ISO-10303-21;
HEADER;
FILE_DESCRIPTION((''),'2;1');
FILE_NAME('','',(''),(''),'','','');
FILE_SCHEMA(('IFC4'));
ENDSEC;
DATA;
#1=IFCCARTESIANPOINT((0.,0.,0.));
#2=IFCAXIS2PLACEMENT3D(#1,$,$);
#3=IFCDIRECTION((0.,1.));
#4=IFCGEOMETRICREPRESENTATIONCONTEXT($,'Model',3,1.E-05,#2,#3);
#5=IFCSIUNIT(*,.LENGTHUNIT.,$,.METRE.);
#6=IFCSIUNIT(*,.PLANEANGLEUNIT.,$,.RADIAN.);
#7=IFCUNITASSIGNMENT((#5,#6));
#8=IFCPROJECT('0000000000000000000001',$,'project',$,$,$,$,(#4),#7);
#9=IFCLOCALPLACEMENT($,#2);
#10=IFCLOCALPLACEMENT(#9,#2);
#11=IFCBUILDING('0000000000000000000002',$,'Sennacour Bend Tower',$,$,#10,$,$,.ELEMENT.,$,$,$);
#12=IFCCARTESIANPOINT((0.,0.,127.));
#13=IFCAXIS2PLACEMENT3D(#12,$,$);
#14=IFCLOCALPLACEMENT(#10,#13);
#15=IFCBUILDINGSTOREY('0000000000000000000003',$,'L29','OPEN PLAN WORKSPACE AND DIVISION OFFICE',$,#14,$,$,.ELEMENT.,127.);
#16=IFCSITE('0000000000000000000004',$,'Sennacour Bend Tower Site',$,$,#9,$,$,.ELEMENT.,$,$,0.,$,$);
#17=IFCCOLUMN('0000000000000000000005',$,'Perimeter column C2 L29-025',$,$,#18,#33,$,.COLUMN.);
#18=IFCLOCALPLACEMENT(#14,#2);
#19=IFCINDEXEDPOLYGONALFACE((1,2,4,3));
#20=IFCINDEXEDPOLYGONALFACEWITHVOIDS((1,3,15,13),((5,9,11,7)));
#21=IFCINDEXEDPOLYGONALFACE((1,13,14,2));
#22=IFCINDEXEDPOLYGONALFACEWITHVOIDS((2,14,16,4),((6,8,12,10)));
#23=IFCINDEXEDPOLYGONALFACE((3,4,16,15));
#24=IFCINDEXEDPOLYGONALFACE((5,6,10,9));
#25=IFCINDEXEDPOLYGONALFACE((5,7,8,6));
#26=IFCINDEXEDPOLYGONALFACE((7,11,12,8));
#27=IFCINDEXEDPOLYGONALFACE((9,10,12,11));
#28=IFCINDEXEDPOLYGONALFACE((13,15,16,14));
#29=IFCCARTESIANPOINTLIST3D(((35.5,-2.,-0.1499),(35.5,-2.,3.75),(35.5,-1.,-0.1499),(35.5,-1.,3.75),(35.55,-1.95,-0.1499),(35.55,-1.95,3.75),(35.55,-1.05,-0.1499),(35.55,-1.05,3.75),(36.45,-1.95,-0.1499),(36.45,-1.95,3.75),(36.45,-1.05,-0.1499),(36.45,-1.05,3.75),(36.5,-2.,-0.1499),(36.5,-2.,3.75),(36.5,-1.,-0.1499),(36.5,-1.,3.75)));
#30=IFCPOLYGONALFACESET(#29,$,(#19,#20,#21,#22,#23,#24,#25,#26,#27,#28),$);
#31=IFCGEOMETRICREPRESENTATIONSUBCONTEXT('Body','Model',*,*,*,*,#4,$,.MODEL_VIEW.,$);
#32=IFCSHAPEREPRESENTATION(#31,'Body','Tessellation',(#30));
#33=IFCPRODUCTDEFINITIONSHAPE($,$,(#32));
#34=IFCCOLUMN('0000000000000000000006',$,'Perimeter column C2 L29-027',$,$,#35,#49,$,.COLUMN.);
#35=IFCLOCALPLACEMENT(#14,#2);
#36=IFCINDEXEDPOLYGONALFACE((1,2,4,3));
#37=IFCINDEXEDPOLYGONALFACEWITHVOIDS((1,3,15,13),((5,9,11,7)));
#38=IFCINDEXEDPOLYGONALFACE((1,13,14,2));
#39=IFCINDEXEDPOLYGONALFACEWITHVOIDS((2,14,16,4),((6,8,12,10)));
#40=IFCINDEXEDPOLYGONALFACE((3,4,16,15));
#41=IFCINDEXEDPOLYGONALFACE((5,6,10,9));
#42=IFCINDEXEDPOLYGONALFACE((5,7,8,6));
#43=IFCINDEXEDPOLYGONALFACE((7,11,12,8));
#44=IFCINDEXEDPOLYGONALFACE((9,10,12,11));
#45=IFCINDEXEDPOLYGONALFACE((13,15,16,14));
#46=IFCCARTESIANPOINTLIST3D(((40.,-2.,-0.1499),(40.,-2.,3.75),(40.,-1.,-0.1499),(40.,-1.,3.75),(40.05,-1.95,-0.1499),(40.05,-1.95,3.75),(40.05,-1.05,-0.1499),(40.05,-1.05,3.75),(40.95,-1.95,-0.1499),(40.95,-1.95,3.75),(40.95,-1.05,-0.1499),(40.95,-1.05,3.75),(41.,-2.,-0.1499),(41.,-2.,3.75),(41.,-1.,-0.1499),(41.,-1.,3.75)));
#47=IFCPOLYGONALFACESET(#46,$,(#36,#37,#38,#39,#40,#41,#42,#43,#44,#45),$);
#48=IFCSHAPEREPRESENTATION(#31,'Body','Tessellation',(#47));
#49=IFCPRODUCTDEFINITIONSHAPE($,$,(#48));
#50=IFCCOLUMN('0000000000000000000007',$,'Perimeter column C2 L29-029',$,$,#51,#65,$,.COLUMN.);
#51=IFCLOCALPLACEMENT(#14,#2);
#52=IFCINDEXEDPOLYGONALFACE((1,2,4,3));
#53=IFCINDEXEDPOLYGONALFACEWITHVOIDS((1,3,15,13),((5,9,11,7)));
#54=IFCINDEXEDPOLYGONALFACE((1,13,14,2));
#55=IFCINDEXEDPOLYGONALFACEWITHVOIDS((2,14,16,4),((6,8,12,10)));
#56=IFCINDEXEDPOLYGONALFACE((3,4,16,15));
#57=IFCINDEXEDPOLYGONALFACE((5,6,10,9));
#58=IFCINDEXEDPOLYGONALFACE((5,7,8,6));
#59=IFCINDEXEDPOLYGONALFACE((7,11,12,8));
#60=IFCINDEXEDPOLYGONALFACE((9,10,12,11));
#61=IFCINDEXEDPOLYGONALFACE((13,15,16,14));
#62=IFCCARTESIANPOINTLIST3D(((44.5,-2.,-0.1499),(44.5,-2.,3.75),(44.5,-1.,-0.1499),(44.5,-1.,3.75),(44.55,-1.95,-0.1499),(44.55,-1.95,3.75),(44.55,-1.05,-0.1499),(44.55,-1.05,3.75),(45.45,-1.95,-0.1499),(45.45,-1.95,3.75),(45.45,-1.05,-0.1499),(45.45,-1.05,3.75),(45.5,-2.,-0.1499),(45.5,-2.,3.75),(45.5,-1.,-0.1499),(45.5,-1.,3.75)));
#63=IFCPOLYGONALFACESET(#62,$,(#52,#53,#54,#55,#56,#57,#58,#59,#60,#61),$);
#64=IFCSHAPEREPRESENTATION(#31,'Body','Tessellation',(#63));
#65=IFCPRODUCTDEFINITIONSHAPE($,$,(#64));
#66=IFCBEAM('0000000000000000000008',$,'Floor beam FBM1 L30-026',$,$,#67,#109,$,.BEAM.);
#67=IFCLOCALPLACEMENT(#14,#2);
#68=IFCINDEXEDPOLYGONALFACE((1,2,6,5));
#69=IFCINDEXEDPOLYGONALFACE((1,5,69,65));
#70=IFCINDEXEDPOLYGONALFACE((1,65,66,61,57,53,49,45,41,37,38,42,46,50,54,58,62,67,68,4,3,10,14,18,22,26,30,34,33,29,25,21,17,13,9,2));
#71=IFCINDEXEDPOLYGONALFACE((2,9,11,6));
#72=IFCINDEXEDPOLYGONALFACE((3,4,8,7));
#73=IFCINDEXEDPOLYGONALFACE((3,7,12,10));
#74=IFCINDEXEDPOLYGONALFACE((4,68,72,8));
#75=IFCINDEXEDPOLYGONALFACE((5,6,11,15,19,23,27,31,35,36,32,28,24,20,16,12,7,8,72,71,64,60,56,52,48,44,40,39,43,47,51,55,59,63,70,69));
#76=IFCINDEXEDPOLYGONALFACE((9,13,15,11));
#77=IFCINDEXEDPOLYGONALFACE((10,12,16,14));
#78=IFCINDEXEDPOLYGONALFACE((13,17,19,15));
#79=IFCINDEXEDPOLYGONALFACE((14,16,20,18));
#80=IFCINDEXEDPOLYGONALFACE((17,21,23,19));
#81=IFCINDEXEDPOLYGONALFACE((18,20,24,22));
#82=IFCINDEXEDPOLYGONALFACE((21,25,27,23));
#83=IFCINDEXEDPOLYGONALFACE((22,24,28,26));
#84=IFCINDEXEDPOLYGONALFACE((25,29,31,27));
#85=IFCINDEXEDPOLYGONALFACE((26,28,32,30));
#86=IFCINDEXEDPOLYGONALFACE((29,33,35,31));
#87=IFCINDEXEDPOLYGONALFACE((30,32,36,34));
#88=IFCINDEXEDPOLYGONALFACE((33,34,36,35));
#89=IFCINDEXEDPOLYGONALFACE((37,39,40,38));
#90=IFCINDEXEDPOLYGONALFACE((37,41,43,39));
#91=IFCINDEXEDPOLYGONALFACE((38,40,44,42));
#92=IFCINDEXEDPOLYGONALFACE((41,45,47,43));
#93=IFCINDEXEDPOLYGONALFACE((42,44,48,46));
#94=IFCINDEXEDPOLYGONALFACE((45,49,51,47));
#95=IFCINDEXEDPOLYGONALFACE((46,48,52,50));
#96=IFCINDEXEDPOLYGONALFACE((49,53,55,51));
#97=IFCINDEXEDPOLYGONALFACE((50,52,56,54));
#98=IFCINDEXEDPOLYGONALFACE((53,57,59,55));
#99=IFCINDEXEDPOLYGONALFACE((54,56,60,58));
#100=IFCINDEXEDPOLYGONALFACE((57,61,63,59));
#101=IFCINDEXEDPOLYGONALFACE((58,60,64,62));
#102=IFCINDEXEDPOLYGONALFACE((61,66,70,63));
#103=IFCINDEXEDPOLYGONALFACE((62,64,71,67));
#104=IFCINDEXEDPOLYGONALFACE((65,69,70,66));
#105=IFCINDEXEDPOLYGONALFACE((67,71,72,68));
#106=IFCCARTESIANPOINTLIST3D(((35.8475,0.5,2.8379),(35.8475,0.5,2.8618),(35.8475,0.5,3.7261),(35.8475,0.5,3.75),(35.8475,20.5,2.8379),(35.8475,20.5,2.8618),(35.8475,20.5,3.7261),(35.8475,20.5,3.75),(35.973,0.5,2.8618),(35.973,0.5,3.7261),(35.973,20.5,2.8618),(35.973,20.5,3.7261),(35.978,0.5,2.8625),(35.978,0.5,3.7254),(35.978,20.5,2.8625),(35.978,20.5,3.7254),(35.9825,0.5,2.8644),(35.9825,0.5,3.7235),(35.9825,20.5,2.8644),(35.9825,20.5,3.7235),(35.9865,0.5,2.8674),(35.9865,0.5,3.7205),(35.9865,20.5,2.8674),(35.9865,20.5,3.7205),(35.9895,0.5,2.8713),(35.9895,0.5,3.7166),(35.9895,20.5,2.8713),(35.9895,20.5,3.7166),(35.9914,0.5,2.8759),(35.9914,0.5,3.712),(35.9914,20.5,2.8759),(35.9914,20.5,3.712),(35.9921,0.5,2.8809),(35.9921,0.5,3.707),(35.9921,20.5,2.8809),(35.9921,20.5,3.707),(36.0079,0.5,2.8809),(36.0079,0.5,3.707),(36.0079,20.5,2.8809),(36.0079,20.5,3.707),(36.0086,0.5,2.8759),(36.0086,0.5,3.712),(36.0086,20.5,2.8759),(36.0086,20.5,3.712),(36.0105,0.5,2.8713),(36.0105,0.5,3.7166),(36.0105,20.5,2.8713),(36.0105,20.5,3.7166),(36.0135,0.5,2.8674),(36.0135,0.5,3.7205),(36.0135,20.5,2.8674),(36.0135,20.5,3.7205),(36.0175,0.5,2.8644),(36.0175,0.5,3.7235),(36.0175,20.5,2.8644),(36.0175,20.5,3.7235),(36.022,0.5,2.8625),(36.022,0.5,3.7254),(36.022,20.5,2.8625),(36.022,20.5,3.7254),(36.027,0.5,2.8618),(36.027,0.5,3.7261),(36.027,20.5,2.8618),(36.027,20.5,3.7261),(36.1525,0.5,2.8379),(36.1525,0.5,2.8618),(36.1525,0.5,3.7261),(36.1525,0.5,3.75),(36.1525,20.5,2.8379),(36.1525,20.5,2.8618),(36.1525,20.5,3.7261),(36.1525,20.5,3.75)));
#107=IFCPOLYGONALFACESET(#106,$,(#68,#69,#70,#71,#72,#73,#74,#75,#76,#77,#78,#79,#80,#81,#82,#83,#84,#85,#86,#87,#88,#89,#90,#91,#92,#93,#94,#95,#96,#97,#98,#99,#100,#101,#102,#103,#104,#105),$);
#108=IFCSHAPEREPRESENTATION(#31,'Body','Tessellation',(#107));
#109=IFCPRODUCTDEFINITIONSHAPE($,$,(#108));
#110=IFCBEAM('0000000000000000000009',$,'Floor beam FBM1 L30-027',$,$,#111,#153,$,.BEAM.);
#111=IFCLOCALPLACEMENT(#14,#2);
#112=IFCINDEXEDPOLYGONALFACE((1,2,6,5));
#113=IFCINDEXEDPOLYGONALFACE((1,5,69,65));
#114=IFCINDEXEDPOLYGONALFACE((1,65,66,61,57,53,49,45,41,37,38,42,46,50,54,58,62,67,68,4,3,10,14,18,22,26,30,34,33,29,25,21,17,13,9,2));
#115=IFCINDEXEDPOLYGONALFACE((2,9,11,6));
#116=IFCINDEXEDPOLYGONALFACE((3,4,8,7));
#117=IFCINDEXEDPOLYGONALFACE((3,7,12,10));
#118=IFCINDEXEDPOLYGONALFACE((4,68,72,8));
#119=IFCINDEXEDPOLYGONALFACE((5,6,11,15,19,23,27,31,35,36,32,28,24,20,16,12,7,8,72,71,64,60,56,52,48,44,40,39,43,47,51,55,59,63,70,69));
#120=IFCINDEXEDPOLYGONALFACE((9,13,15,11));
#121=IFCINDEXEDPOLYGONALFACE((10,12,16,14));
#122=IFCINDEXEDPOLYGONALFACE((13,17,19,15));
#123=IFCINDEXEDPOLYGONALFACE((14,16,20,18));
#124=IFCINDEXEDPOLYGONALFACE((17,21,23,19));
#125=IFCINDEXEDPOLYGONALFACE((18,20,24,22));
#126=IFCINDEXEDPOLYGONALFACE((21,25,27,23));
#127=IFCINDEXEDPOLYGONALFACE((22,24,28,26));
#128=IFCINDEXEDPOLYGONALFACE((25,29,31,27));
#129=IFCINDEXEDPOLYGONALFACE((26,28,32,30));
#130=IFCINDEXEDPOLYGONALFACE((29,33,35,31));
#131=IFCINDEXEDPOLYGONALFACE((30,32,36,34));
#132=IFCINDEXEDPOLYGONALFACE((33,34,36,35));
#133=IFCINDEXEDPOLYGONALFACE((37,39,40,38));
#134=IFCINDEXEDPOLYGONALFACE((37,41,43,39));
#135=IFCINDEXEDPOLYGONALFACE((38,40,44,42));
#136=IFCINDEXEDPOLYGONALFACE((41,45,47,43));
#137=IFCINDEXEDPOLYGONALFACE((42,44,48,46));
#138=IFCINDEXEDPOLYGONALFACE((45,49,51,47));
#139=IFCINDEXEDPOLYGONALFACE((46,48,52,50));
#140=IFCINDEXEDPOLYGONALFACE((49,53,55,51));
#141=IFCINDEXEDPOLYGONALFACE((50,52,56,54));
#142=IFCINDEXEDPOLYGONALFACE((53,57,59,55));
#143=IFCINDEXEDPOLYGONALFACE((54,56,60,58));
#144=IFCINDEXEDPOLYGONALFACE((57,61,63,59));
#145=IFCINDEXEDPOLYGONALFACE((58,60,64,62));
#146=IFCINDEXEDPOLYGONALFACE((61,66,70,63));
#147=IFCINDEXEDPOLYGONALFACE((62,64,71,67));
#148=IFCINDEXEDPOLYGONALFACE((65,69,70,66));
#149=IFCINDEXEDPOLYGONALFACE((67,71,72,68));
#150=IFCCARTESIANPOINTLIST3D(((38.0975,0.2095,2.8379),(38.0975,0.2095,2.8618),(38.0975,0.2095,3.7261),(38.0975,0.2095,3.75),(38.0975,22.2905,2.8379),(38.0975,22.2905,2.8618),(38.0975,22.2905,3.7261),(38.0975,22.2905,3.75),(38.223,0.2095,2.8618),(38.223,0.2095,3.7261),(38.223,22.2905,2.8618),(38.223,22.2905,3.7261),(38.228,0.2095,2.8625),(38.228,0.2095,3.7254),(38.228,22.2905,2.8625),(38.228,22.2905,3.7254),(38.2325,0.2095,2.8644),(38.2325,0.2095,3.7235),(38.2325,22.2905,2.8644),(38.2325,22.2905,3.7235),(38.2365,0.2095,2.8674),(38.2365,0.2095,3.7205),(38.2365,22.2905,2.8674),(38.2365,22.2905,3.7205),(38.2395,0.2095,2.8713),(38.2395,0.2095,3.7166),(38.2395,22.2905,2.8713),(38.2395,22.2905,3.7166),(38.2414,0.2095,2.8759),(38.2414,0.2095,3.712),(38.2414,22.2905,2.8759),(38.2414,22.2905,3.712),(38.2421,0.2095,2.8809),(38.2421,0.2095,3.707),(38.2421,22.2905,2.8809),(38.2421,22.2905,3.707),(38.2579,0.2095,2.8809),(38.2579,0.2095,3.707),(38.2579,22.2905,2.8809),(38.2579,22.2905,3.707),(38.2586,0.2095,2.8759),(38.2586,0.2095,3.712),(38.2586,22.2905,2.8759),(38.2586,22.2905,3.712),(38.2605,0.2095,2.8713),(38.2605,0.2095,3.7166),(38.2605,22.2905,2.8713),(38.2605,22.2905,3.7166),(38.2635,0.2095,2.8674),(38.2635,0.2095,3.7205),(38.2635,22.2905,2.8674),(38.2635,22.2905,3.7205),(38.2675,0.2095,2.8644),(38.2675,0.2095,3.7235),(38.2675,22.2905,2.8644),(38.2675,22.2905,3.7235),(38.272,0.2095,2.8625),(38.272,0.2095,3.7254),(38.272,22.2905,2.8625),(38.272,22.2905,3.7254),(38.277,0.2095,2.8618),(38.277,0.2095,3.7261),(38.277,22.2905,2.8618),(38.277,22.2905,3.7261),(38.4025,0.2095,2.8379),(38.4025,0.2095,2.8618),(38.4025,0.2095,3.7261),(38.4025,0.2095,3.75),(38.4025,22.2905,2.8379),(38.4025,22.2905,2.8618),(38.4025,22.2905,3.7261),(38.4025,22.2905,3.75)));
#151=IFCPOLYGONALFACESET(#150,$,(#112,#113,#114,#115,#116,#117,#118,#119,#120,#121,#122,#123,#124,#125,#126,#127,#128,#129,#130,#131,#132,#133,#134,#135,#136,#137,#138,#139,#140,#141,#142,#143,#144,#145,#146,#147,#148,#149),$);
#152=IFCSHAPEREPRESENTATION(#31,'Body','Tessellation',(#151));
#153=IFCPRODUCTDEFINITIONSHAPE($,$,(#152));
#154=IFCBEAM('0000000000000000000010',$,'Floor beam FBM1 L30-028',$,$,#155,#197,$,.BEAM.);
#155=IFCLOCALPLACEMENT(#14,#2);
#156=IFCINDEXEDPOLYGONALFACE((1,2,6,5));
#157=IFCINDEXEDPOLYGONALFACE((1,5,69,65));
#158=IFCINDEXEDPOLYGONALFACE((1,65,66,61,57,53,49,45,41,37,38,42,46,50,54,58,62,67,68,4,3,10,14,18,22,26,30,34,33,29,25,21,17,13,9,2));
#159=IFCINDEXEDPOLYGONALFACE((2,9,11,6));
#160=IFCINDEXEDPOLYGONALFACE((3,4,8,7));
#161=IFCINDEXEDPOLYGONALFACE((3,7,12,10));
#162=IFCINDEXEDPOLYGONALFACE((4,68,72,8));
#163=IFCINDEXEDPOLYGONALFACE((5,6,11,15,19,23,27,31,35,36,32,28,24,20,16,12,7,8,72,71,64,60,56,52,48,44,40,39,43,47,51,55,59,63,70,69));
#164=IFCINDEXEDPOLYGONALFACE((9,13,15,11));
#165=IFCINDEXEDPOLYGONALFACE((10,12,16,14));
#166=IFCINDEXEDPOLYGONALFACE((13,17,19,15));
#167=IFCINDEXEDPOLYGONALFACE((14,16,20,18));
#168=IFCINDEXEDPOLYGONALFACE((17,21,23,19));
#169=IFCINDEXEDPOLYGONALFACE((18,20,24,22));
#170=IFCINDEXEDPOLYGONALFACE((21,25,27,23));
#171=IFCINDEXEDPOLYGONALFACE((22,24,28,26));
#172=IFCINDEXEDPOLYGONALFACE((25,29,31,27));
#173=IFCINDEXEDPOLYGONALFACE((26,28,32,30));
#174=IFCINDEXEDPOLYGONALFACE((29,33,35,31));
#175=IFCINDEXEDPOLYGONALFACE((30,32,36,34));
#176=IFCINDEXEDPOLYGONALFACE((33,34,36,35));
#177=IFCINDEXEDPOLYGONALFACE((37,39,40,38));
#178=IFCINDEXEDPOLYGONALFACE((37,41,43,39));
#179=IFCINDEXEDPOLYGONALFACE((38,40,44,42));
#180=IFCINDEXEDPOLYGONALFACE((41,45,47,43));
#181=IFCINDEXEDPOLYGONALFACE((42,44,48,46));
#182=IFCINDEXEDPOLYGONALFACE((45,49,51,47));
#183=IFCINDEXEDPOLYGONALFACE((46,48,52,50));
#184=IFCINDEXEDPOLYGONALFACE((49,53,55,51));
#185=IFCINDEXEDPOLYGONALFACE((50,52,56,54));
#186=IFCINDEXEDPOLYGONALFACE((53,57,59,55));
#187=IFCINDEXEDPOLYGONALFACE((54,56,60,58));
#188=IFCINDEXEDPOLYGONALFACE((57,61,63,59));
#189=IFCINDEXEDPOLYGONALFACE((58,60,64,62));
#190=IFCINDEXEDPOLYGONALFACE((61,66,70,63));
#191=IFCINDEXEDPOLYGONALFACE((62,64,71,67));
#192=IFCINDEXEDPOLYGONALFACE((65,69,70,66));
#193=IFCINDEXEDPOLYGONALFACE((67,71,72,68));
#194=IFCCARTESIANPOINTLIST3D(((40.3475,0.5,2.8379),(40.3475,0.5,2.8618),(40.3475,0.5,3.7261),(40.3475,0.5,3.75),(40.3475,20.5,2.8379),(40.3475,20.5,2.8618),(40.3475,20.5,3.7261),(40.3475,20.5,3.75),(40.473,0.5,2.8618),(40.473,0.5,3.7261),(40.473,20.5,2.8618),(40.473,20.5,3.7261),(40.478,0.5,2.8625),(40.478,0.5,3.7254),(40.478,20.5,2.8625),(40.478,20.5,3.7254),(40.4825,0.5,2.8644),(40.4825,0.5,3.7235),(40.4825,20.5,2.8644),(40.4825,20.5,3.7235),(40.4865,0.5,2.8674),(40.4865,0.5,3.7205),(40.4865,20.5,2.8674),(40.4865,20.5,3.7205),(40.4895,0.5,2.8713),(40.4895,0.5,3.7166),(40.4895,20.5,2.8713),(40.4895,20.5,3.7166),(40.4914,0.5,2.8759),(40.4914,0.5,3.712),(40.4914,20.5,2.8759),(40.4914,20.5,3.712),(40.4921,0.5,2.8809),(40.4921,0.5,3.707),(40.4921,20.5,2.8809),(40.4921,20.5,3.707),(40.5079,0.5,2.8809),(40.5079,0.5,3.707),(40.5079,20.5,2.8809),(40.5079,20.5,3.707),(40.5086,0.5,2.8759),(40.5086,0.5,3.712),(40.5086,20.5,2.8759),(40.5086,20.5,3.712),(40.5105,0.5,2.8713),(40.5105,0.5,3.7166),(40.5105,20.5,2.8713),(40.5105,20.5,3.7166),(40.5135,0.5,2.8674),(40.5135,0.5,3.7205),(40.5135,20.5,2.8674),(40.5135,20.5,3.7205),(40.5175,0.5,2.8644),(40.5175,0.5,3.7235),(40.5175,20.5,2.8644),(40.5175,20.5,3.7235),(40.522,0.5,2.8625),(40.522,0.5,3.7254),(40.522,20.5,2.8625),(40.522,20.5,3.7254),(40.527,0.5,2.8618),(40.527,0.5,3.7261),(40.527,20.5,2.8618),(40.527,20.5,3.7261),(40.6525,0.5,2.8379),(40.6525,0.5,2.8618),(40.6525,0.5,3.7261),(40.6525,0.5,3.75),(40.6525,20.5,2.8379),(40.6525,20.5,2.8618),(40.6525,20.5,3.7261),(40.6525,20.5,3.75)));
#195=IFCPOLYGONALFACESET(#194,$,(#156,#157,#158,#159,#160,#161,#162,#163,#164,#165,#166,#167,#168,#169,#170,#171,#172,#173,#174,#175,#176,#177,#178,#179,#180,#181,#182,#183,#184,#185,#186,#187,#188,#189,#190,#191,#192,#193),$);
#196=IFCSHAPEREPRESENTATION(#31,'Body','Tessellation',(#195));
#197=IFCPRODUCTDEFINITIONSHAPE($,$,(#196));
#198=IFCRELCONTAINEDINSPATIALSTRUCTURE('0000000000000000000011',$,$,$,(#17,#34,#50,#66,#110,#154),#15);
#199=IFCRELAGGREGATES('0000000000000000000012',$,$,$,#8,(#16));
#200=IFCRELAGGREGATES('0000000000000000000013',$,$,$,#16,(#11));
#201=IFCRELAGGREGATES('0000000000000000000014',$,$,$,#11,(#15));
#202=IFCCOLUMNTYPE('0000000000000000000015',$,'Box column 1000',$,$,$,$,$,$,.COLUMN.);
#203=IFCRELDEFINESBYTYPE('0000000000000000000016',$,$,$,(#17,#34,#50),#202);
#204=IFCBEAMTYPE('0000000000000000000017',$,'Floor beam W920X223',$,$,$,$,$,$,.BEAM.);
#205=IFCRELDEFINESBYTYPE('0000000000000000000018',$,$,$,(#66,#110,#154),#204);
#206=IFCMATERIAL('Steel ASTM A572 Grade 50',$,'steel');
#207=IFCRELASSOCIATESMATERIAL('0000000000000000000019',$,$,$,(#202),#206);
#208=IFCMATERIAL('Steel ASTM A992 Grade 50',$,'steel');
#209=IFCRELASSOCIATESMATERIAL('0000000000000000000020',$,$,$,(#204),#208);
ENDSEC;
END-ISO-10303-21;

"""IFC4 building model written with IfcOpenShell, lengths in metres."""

from ifc_helpers import new_model, si_unit, direction, frame, origin, origin_2d, place, context, subcontext, project, spatial, hollow_rectangle, i_section, extrude, material, material_profile, profile_set, type_object, element, save


model = new_model("IFC4")

# Units and contexts
model_context = context("Model", 3, precision=1e-05, world=origin(), true_north=direction((0.0, 1.0)))
body_context = subcontext(model_context, "Body", "Model", "MODEL_VIEW")
ifc_project = project(units=[si_unit("LENGTHUNIT", "METRE"), si_unit("PLANEANGLEUNIT", "RADIAN")], contexts=[model_context])

# Site, building, storey
site_placement = place(None, origin())
site = spatial("IfcSite", under=ifc_project, at=site_placement, Name="Sennacour Bend Tower Site", CompositionType="ELEMENT", RefElevation=0.0)
building_placement = place(site_placement, origin())
building = spatial("IfcBuilding", under=site, at=building_placement, Name="Sennacour Bend Tower", CompositionType="ELEMENT")
storey_placement = place(building_placement, frame((0.0, 0.0, 127.0)))
storey = spatial("IfcBuildingStorey", under=building, at=storey_placement, Name="L29", Description="OPEN PLAN WORKSPACE AND DIVISION OFFICE", CompositionType="ELEMENT", Elevation=127.0)

# Columns
ifc_material_1 = material(Name="Steel ASTM A572 Grade 50", Category="steel")
ifc_material_profile_1 = material_profile(ifc_material_1, hollow_rectangle(XDim=1.0, YDim=1.0, WallThickness=0.05, at=origin_2d()), Name="Steel ASTM A572 Grade 50", Category="steel")
ifc_profile_set_1 = profile_set([ifc_material_profile_1], Name="Steel ASTM A572 Grade 50")
column_type = type_object("IfcColumnType", Name="Box column 1000", PredefinedType="COLUMN", material=ifc_profile_set_1)
for number, where, z_axis, x_axis, name in (
    (1, (36.0, -1.5, -0.1499), (0.0, 0.0, 1.0), (1.0, 0.0, 0.0), "Perimeter column C2 L29-025"),
    (2, (40.5, -1.5, -0.1499), (0.0, 0.0, 1.0), (1.0, 0.0, 0.0), "Perimeter column C2 L29-027"),
    (3, (45.0, -1.5, -0.1499), (0.0, 0.0, 1.0), (1.0, 0.0, 0.0), "Perimeter column C2 L29-029"),
):
    element("IfcColumn", number, at=place(storey_placement, frame(where, z_axis=z_axis, x_axis=x_axis)), inside=storey, type_object=column_type, Name=name, PredefinedType="COLUMN", context=body_context, shape_type="SweptSolid", body=[
        extrude(hollow_rectangle(XDim=1.0, YDim=1.0, WallThickness=0.05, at=origin_2d()), origin(), (0.0, 0.0, 1.0), 3.8999),
    ])

# Beams
ifc_material_2 = material(Name="Steel ASTM A992 Grade 50", Category="steel")
ifc_material_profile_2 = material_profile(ifc_material_2, i_section(OverallWidth=0.3049, OverallDepth=0.9121, WebThickness=0.0159, FlangeThickness=0.0239, FilletRadius=0.019, at=origin_2d()), Name="Steel ASTM A992 Grade 50", Category="steel")
ifc_profile_set_2 = profile_set([ifc_material_profile_2], Name="Steel ASTM A992 Grade 50")
beam_type_1 = type_object("IfcBeamType", Name="Floor beam W920X223", PredefinedType="BEAM", material=ifc_profile_set_2)
beam_1_placement = place(storey_placement, frame((36.0, 0.5, 3.2939), z_axis=(0.0, 1.0, 0.0), x_axis=(-1.0, 0.0, 0.0)))
element("IfcBeam", 4, at=beam_1_placement, inside=storey, type_object=beam_type_1, Name="Floor beam FBM1 L30-026", PredefinedType="BEAM", context=body_context, shape_type="SweptSolid", body=[
    extrude(i_section(OverallWidth=0.3049, OverallDepth=0.9121, WebThickness=0.0159, FlangeThickness=0.0239, FilletRadius=0.019, at=origin_2d()), origin(), (0.0, 0.0, 1.0), 20.0),
])
beam_2_placement = place(storey_placement, frame((38.25, 0.2095, 3.2939), z_axis=(0.0, 1.0, 0.0), x_axis=(-1.0, 0.0, 0.0)))
element("IfcBeam", 5, at=beam_2_placement, inside=storey, type_object=beam_type_1, Name="Floor beam FBM1 L30-027", PredefinedType="BEAM", context=body_context, shape_type="SweptSolid", body=[
    extrude(i_section(OverallWidth=0.3049, OverallDepth=0.9121, WebThickness=0.0159, FlangeThickness=0.0239, FilletRadius=0.019, at=origin_2d()), origin(), (0.0, 0.0, 1.0), 22.0811),
])
beam_3_placement = place(storey_placement, frame((40.5, 0.5, 3.2939), z_axis=(0.0, 1.0, 0.0), x_axis=(-1.0, 0.0, 0.0)))
element("IfcBeam", 6, at=beam_3_placement, inside=storey, type_object=beam_type_1, Name="Floor beam FBM1 L30-028", PredefinedType="BEAM", context=body_context, shape_type="SweptSolid", body=[
    extrude(i_section(OverallWidth=0.3049, OverallDepth=0.9121, WebThickness=0.0159, FlangeThickness=0.0239, FilletRadius=0.019, at=origin_2d()), origin(), (0.0, 0.0, 1.0), 20.0),
])

save(model, "model.ifc")
